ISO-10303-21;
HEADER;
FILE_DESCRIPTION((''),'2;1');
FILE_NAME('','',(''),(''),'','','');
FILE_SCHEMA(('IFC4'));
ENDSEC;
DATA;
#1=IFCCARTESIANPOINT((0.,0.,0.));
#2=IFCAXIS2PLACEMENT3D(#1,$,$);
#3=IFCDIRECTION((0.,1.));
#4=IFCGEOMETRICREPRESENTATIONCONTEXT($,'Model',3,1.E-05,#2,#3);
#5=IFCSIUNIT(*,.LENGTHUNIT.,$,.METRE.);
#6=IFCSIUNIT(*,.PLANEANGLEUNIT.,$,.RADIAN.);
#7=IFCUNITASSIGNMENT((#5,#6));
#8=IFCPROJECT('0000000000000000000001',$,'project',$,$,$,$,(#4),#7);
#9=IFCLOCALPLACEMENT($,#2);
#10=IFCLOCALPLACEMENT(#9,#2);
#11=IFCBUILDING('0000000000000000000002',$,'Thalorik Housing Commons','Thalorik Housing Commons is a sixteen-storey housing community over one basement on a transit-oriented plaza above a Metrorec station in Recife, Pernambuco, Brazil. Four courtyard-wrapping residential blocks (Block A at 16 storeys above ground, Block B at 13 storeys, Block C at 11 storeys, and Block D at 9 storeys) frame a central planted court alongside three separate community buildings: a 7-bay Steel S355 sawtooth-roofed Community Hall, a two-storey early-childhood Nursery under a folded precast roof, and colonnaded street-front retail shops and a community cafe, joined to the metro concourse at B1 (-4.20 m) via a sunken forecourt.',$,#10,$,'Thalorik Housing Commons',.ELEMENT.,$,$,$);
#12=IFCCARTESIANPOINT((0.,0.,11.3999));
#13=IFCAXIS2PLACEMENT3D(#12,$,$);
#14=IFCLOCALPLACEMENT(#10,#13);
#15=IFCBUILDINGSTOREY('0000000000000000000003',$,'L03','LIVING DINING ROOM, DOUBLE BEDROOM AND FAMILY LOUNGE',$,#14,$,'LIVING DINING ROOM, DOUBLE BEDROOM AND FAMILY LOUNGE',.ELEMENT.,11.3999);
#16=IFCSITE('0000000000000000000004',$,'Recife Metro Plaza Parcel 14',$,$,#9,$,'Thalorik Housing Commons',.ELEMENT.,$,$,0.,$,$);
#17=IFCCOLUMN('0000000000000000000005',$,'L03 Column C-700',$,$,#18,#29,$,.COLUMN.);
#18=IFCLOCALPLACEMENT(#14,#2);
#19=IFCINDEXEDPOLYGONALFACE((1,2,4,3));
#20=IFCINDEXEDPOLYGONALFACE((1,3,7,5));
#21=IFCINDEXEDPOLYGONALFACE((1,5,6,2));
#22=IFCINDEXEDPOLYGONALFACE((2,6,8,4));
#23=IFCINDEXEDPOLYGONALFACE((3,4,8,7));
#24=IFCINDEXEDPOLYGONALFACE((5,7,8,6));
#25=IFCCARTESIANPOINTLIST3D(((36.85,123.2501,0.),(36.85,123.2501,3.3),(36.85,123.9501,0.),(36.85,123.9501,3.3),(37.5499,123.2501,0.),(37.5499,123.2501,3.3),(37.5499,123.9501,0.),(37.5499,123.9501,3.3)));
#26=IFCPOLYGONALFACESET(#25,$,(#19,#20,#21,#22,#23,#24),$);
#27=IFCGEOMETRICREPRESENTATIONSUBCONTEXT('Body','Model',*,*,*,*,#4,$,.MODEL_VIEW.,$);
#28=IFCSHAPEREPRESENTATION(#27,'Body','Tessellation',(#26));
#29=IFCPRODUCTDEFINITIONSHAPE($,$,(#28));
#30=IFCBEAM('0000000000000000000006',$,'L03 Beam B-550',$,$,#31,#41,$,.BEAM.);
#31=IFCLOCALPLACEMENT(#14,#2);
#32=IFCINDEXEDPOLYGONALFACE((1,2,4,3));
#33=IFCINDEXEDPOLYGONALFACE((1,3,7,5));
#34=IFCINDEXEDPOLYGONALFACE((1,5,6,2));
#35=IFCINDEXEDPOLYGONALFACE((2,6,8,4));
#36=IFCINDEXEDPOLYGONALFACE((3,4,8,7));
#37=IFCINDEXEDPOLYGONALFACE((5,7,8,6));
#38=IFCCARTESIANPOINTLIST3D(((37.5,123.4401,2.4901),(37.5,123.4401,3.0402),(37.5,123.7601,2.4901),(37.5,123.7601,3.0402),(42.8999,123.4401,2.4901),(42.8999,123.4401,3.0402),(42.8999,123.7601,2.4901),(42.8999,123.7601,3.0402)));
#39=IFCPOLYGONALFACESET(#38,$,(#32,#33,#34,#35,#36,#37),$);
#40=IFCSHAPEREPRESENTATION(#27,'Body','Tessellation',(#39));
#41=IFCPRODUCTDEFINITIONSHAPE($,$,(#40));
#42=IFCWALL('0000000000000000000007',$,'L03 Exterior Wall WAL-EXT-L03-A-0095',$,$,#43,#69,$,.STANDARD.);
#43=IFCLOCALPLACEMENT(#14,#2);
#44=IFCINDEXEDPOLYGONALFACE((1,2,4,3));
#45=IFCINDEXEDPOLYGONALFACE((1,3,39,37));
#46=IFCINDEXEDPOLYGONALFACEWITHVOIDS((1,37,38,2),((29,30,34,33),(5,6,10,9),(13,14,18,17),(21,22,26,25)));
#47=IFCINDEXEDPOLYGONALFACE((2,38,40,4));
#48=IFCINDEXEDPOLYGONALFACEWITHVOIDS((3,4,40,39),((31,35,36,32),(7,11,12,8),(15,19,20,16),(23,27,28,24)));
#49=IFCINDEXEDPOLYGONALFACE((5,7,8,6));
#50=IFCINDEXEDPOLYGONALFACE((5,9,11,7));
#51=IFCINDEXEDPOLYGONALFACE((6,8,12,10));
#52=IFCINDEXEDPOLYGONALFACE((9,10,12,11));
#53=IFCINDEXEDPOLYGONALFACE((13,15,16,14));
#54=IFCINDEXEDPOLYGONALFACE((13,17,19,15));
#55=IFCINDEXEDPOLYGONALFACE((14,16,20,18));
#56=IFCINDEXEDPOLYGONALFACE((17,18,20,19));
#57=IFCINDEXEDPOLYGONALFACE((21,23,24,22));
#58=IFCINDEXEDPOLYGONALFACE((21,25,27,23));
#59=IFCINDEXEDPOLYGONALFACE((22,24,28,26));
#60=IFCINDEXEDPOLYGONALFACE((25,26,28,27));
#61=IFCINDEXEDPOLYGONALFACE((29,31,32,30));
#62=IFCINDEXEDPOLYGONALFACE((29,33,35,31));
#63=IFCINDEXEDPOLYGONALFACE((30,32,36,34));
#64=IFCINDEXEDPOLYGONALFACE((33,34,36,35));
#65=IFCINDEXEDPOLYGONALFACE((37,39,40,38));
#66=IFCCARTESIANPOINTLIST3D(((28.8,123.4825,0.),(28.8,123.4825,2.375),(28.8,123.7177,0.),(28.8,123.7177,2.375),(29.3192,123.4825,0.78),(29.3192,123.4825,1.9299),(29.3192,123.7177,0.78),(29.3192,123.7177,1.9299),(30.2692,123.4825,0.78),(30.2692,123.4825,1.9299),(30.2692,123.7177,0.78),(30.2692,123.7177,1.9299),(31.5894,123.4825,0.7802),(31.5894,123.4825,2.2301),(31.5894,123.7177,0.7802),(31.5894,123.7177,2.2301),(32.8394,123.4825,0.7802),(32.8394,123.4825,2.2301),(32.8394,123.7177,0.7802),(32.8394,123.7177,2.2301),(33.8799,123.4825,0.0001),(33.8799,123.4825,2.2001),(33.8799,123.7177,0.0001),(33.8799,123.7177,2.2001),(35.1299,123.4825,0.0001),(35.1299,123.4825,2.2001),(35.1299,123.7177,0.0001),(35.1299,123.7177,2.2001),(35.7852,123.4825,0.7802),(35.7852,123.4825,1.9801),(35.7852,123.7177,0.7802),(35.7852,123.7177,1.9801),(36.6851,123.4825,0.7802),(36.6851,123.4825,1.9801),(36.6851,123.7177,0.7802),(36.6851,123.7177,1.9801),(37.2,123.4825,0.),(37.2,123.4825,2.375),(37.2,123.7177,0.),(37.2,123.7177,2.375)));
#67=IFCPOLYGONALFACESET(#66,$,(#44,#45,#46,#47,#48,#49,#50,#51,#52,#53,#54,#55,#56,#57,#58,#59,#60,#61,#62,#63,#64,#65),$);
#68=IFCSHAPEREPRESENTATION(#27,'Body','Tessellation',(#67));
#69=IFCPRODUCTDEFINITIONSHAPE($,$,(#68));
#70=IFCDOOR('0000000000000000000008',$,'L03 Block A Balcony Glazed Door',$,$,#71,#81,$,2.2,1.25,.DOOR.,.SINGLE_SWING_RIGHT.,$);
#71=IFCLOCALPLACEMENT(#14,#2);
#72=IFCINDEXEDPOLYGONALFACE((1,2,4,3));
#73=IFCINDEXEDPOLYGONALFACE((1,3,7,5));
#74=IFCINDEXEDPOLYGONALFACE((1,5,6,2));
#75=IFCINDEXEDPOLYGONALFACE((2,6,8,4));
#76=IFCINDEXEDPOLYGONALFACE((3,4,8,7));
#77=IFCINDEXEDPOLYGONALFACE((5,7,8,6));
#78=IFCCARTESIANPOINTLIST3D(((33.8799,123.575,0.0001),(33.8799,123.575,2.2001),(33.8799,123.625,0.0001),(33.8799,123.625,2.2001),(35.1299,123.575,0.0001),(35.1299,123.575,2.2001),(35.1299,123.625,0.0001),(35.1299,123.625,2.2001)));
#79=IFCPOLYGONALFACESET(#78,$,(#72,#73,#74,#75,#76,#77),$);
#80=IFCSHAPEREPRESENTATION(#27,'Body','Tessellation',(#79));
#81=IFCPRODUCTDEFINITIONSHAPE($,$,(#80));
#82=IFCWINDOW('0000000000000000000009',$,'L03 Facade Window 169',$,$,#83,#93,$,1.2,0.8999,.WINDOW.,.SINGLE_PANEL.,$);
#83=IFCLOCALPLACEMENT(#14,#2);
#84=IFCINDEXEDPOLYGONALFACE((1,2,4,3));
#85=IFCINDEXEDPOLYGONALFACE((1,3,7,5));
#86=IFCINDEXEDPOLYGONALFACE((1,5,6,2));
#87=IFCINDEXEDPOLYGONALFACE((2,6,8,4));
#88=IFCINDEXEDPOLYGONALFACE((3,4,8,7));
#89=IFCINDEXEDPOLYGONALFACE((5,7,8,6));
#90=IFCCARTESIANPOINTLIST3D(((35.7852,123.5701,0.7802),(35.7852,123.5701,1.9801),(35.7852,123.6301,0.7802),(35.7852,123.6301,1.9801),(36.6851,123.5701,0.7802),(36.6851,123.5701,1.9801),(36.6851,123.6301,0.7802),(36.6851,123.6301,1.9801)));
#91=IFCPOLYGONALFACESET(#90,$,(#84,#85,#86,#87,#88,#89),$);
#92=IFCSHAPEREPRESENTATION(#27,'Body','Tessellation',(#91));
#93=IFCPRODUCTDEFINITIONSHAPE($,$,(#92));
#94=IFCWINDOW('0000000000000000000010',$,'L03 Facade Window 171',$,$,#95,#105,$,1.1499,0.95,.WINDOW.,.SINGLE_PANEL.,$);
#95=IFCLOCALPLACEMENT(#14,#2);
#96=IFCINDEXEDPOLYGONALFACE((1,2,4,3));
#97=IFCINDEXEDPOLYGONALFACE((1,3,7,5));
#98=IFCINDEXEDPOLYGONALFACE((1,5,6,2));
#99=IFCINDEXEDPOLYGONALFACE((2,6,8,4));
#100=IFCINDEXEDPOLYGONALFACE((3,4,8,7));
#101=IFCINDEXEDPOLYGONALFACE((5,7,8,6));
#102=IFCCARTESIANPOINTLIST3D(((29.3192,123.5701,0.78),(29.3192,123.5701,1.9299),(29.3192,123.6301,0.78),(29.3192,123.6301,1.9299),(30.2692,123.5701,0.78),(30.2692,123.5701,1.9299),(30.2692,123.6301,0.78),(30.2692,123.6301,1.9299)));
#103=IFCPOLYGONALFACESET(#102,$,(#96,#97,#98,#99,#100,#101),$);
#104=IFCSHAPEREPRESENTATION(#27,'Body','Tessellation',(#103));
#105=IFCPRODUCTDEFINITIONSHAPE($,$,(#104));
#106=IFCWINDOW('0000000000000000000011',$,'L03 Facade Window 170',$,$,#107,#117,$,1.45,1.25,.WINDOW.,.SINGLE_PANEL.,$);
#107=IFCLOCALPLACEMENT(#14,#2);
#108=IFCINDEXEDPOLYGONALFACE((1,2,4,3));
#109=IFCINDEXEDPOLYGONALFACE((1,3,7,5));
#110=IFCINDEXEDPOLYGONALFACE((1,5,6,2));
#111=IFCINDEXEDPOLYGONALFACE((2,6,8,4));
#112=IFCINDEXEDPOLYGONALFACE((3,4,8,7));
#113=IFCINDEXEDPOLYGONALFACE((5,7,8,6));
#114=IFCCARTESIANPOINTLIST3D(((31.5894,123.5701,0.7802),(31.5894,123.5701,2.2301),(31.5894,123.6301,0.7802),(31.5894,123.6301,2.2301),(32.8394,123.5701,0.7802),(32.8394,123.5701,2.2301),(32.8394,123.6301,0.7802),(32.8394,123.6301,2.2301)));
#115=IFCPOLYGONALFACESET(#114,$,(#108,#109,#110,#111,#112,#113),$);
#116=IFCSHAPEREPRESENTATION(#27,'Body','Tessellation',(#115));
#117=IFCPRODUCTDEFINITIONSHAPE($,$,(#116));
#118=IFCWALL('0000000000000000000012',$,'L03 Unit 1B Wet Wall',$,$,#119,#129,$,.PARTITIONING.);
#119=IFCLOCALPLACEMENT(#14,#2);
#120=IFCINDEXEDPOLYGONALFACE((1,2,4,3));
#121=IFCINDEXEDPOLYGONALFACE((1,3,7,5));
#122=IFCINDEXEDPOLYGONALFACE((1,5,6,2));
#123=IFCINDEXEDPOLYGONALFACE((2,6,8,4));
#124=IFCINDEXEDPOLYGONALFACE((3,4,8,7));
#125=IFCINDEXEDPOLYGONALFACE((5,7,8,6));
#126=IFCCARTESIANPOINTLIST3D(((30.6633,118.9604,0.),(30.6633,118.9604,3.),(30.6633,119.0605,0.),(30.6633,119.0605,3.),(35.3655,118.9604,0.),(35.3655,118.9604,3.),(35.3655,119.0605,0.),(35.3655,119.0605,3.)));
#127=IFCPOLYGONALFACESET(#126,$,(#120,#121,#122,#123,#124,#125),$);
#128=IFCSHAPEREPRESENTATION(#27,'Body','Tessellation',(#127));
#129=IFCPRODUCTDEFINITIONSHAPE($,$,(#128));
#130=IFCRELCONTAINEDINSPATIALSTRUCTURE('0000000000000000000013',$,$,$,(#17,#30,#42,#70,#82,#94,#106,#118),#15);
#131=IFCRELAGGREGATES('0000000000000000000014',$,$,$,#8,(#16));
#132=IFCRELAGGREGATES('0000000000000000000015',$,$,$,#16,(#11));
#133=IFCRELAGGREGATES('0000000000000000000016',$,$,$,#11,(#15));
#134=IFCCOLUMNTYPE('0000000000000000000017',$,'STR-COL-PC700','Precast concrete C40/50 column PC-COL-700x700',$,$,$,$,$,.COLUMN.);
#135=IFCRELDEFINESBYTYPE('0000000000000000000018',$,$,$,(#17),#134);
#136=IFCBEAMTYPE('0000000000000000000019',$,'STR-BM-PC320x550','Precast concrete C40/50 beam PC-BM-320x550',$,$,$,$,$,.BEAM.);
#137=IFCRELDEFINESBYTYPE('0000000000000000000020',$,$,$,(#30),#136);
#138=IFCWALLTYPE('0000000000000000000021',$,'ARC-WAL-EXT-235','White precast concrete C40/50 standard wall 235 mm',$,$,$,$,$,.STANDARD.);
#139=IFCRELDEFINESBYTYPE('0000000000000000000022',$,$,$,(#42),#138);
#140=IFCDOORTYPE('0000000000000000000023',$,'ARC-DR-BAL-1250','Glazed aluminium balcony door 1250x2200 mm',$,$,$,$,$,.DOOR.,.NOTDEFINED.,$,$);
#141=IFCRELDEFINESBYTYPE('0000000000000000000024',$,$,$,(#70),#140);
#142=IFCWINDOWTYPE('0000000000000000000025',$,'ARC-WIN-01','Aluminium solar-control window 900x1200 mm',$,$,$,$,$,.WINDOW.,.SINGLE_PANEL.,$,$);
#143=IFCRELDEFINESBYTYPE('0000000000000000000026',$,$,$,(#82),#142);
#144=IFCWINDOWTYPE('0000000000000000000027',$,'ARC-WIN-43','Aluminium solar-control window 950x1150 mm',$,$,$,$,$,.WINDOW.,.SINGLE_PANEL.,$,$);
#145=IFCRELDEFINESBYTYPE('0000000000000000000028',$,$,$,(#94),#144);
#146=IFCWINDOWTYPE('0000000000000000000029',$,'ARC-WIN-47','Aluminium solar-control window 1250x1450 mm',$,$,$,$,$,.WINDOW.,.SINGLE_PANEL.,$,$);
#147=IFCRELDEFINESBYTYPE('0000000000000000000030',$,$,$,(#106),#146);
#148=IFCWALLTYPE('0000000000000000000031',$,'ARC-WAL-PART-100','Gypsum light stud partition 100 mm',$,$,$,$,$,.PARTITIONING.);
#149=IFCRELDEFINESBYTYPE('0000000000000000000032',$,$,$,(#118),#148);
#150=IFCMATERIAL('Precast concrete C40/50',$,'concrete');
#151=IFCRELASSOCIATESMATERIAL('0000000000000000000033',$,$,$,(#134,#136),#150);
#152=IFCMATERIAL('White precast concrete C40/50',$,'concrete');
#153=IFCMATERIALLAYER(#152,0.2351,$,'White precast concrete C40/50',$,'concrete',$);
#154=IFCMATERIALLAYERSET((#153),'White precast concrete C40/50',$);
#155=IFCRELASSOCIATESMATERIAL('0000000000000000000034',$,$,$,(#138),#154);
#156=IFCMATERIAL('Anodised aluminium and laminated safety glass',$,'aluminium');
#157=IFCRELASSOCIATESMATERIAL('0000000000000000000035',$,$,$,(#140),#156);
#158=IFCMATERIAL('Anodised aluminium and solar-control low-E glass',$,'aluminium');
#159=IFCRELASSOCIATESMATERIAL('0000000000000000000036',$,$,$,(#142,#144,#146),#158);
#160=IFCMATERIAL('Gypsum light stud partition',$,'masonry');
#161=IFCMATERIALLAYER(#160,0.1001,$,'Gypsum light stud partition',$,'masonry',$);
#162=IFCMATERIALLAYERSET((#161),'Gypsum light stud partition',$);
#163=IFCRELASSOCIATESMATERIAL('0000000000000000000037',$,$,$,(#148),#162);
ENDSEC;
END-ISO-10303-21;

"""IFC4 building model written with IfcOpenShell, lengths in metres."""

from ifc_helpers import new_model, si_unit, direction, frame, frame_2d, origin, origin_2d, place, context, subcontext, project, spatial, rectangle, extrude, material, layer, layer_set, material_profile, profile_set, type_object, element, fill, save


model = new_model("IFC4")

# Units and contexts
model_context = context("Model", 3, precision=1e-05, world=origin(), true_north=direction((0.0, 1.0)))
body_context = subcontext(model_context, "Body", "Model", "MODEL_VIEW")
ifc_project = project(units=[si_unit("LENGTHUNIT", "METRE"), si_unit("PLANEANGLEUNIT", "RADIAN")], contexts=[model_context])

# Site, building, storey
site_placement = place(None, origin())
site = spatial("IfcSite", under=ifc_project, at=site_placement, Name="Recife Metro Plaza Parcel 14", LongName="Thalorik Housing Commons", CompositionType="ELEMENT", RefElevation=0.0)
building_placement = place(site_placement, origin())
building = spatial("IfcBuilding", under=site, at=building_placement, Name="Thalorik Housing Commons", Description="Thalorik Housing Commons is a sixteen-storey housing community over one basement on a transit-oriented plaza above a Metrorec station in Recife, Pernambuco, Brazil. Four courtyard-wrapping residential blocks (Block A at 16 storeys above ground, Block B at 13 storeys, Block C at 11 storeys, and Block D at 9 storeys) frame a central planted court alongside three separate community buildings: a 7-bay Steel S355 sawtooth-roofed Community Hall, a two-storey early-childhood Nursery under a folded precast roof, and colonnaded street-front retail shops and a community cafe, joined to the metro concourse at B1 (-4.20 m) via a sunken forecourt.", LongName="Thalorik Housing Commons", CompositionType="ELEMENT")
storey_placement = place(building_placement, frame((0.0, 0.0, 11.3999)))
storey = spatial("IfcBuildingStorey", under=building, at=storey_placement, Name="L03", Description="LIVING DINING ROOM, DOUBLE BEDROOM AND FAMILY LOUNGE", LongName="LIVING DINING ROOM, DOUBLE BEDROOM AND FAMILY LOUNGE", CompositionType="ELEMENT", Elevation=11.3999)

# Column
ifc_material_1 = material(Name="Precast concrete C40/50", Category="concrete")
ifc_material_profile_1 = material_profile(ifc_material_1, rectangle(XDim=0.7, YDim=0.7, at=origin_2d()), Name="PC 700x700", Category="concrete")
ifc_profile_set_1 = profile_set([ifc_material_profile_1], Name="Precast concrete C40/50")
column_type = type_object("IfcColumnType", Name="STR-COL-PC700", Description="Precast concrete C40/50 column PC-COL-700x700", PredefinedType="COLUMN", material=ifc_profile_set_1)
column_placement = place(storey_placement, frame((37.2, 123.6001, 0.0), z_axis=(0.0, 0.0, 1.0), x_axis=(1.0, 0.0, 0.0)))
element("IfcColumn", 1, at=column_placement, inside=storey, type_object=column_type, Name="L03 Column C-700", PredefinedType="COLUMN", context=body_context, shape_type="SweptSolid", body=[
    extrude(rectangle(XDim=0.7, YDim=0.7, at=origin_2d()), origin(), (0.0, 0.0, 1.0), 3.3),
])

# Beam
ifc_material_profile_2 = material_profile(ifc_material_1, rectangle(XDim=0.3201, YDim=0.55, at=origin_2d()), Name="PC 320x550", Category="concrete")
ifc_profile_set_2 = profile_set([ifc_material_profile_2], Name="Precast concrete C40/50")
beam_type = type_object("IfcBeamType", Name="STR-BM-PC320x550", Description="Precast concrete C40/50 beam PC-BM-320x550", PredefinedType="BEAM", material=ifc_profile_set_2)
beam_placement = place(storey_placement, frame((37.5, 123.6001, 2.7651), z_axis=(1.0, 0.0, 0.0), x_axis=(0.0, 1.0, 0.0)))
element("IfcBeam", 2, at=beam_placement, inside=storey, type_object=beam_type, Name="L03 Beam B-550", PredefinedType="BEAM", context=body_context, shape_type="SweptSolid", body=[
    extrude(rectangle(XDim=0.3201, YDim=0.55, at=origin_2d()), origin(), (0.0, 0.0, 1.0), 5.3999),
])

# Wall, openings, door, windows
ifc_material_2 = material(Name="White precast concrete C40/50", Category="concrete")
ifc_layer_1 = layer(ifc_material_2, 0.2351, Name="White precast concrete C40/50", Category="concrete")
ifc_layer_set_1 = layer_set([ifc_layer_1], Name="White precast concrete C40/50")
wall_type_1 = type_object("IfcWallType", Name="ARC-WAL-EXT-235", Description="White precast concrete C40/50 standard wall 235 mm", PredefinedType="STANDARD", material=ifc_layer_set_1)
wall_1_placement = place(storey_placement, frame((37.2, 123.6001, 0.0), z_axis=(0.0, 0.0, 1.0), x_axis=(-1.0, 0.0, 0.0)))
wall_1 = element("IfcWall", 3, at=wall_1_placement, inside=storey, type_object=wall_type_1, Name="L03 Exterior Wall WAL-EXT-L03-A-0095", PredefinedType="STANDARD", context=body_context, shape_type="SweptSolid", body=[
    extrude(rectangle(XDim=8.3999, YDim=0.2351, at=frame_2d((4.2, 0.0))), origin(), (0.0, 0.0, 1.0), 2.375),
])
opening_1_placement = place(wall_1_placement, frame((2.0701, 0.0, 0.0)))
opening_1 = element("IfcOpeningElement", 4, at=opening_1_placement, cuts=wall_1, PredefinedType="OPENING", context=body_context, shape_type="SweptSolid", body=[
    extrude(rectangle(XDim=1.25, YDim=2.2, at=frame_2d((0.625, 1.1001))), frame((0.0, 0.1274, 0.0), z_axis=(0.0, -1.0, 0.0), x_axis=(1.0, 0.0, 0.0)), (0.0, 0.0, 1.0), 0.2551),
])
opening_2_placement = place(wall_1_placement, frame((0.5149, 0.0, 0.78)))
opening_2 = element("IfcOpeningElement", 5, at=opening_2_placement, cuts=wall_1, PredefinedType="OPENING", context=body_context, shape_type="SweptSolid", body=[
    extrude(rectangle(XDim=0.8999, YDim=1.2, at=frame_2d((0.45, 0.6001))), frame((0.0, 0.1274, 0.0), z_axis=(0.0, -1.0, 0.0), x_axis=(1.0, 0.0, 0.0)), (0.0, 0.0, 1.0), 0.2551),
])
opening_3_placement = place(wall_1_placement, frame((4.3606, 0.0, 0.78)))
opening_3 = element("IfcOpeningElement", 6, at=opening_3_placement, cuts=wall_1, PredefinedType="OPENING", context=body_context, shape_type="SweptSolid", body=[
    extrude(rectangle(XDim=1.25, YDim=1.45, at=frame_2d((0.625, 0.7251))), frame((0.0, 0.1274, 0.0), z_axis=(0.0, -1.0, 0.0), x_axis=(1.0, 0.0, 0.0)), (0.0, 0.0, 1.0), 0.2551),
])
opening_4_placement = place(wall_1_placement, frame((6.9307, 0.0, 0.78)))
opening_4 = element("IfcOpeningElement", 7, at=opening_4_placement, cuts=wall_1, PredefinedType="OPENING", context=body_context, shape_type="SweptSolid", body=[
    extrude(rectangle(XDim=0.95, YDim=1.1499, at=frame_2d((0.4751, 0.575))), frame((0.0, 0.1274, 0.0), z_axis=(0.0, -1.0, 0.0), x_axis=(1.0, 0.0, 0.0)), (0.0, 0.0, 1.0), 0.2551),
])
ifc_material_3 = material(Name="Anodised aluminium and laminated safety glass", Category="aluminium")
door_type_1 = type_object("IfcDoorType", Name="ARC-DR-BAL-1250", Description="Glazed aluminium balcony door 1250x2200 mm", OperationType="NOTDEFINED", PredefinedType="DOOR", material=ifc_material_3)
door_1_placement = place(opening_1_placement, frame((1.25, 0.0, 0.0), z_axis=(0.0, 0.0, 1.0), x_axis=(-1.0, 0.0, 0.0)))
door_1 = element("IfcDoor", 8, at=door_1_placement, inside=storey, type_object=door_type_1, Name="L03 Block A Balcony Glazed Door", OperationType="SINGLE_SWING_RIGHT", OverallHeight=2.2, OverallWidth=1.25, PredefinedType="DOOR", context=body_context, shape_type="SweptSolid", body=[
    extrude(rectangle(XDim=1.25, YDim=2.2, at=frame_2d((0.625, 1.1001))), frame((0.0, 0.0249, 0.0), z_axis=(0.0, -1.0, 0.0), x_axis=(1.0, 0.0, 0.0)), (0.0, 0.0, 1.0), 0.05),
])
fill(opening_1, door_1)
ifc_material_4 = material(Name="Anodised aluminium and solar-control low-E glass", Category="aluminium")
window_type_1 = type_object("IfcWindowType", Name="ARC-WIN-01", Description="Aluminium solar-control window 900x1200 mm", PartitioningType="SINGLE_PANEL", PredefinedType="WINDOW", material=ifc_material_4)
window_1_placement = place(opening_2_placement, origin())
window_1 = element("IfcWindow", 9, at=window_1_placement, inside=storey, type_object=window_type_1, Name="L03 Facade Window 169", OverallHeight=1.2, OverallWidth=0.8999, PartitioningType="SINGLE_PANEL", PredefinedType="WINDOW", context=body_context, shape_type="SweptSolid", body=[
    extrude(rectangle(XDim=0.8999, YDim=1.2, at=frame_2d((0.45, 0.6001))), frame((0.0, 0.03, 0.0), z_axis=(0.0, -1.0, 0.0), x_axis=(1.0, 0.0, 0.0)), (0.0, 0.0, 1.0), 0.0601),
])
fill(opening_2, window_1)
window_type_2 = type_object("IfcWindowType", Name="ARC-WIN-43", Description="Aluminium solar-control window 950x1150 mm", PartitioningType="SINGLE_PANEL", PredefinedType="WINDOW", material=ifc_material_4)
window_2_placement = place(opening_4_placement, origin())
window_2 = element("IfcWindow", 10, at=window_2_placement, inside=storey, type_object=window_type_2, Name="L03 Facade Window 171", OverallHeight=1.1499, OverallWidth=0.95, PartitioningType="SINGLE_PANEL", PredefinedType="WINDOW", context=body_context, shape_type="SweptSolid", body=[
    extrude(rectangle(XDim=0.95, YDim=1.1499, at=frame_2d((0.4751, 0.575))), frame((0.0, 0.03, 0.0), z_axis=(0.0, -1.0, 0.0), x_axis=(1.0, 0.0, 0.0)), (0.0, 0.0, 1.0), 0.0601),
])
fill(opening_4, window_2)
window_type_3 = type_object("IfcWindowType", Name="ARC-WIN-47", Description="Aluminium solar-control window 1250x1450 mm", PartitioningType="SINGLE_PANEL", PredefinedType="WINDOW", material=ifc_material_4)
window_3_placement = place(opening_3_placement, origin())
window_3 = element("IfcWindow", 11, at=window_3_placement, inside=storey, type_object=window_type_3, Name="L03 Facade Window 170", OverallHeight=1.45, OverallWidth=1.25, PartitioningType="SINGLE_PANEL", PredefinedType="WINDOW", context=body_context, shape_type="SweptSolid", body=[
    extrude(rectangle(XDim=1.25, YDim=1.45, at=frame_2d((0.625, 0.7251))), frame((0.0, 0.03, 0.0), z_axis=(0.0, -1.0, 0.0), x_axis=(1.0, 0.0, 0.0)), (0.0, 0.0, 1.0), 0.0601),
])
fill(opening_3, window_3)

# Wall
ifc_material_5 = material(Name="Gypsum light stud partition", Category="masonry")
ifc_layer_2 = layer(ifc_material_5, 0.1001, Name="Gypsum light stud partition", Category="masonry")
ifc_layer_set_2 = layer_set([ifc_layer_2], Name="Gypsum light stud partition")
wall_type_2 = type_object("IfcWallType", Name="ARC-WAL-PART-100", Description="Gypsum light stud partition 100 mm", PredefinedType="PARTITIONING", material=ifc_layer_set_2)
wall_2_placement = place(storey_placement, frame((30.6633, 119.0105, 0.0), z_axis=(0.0, 0.0, 1.0), x_axis=(1.0, 0.0, 0.0)))
element("IfcWall", 12, at=wall_2_placement, inside=storey, type_object=wall_type_2, Name="L03 Unit 1B Wet Wall", PredefinedType="PARTITIONING", context=body_context, shape_type="SweptSolid", body=[
    extrude(rectangle(XDim=4.7021, YDim=0.1001, at=frame_2d((2.3511, 0.0))), origin(), (0.0, 0.0, 1.0), 3.0),
])

save(model, "model.ifc")
